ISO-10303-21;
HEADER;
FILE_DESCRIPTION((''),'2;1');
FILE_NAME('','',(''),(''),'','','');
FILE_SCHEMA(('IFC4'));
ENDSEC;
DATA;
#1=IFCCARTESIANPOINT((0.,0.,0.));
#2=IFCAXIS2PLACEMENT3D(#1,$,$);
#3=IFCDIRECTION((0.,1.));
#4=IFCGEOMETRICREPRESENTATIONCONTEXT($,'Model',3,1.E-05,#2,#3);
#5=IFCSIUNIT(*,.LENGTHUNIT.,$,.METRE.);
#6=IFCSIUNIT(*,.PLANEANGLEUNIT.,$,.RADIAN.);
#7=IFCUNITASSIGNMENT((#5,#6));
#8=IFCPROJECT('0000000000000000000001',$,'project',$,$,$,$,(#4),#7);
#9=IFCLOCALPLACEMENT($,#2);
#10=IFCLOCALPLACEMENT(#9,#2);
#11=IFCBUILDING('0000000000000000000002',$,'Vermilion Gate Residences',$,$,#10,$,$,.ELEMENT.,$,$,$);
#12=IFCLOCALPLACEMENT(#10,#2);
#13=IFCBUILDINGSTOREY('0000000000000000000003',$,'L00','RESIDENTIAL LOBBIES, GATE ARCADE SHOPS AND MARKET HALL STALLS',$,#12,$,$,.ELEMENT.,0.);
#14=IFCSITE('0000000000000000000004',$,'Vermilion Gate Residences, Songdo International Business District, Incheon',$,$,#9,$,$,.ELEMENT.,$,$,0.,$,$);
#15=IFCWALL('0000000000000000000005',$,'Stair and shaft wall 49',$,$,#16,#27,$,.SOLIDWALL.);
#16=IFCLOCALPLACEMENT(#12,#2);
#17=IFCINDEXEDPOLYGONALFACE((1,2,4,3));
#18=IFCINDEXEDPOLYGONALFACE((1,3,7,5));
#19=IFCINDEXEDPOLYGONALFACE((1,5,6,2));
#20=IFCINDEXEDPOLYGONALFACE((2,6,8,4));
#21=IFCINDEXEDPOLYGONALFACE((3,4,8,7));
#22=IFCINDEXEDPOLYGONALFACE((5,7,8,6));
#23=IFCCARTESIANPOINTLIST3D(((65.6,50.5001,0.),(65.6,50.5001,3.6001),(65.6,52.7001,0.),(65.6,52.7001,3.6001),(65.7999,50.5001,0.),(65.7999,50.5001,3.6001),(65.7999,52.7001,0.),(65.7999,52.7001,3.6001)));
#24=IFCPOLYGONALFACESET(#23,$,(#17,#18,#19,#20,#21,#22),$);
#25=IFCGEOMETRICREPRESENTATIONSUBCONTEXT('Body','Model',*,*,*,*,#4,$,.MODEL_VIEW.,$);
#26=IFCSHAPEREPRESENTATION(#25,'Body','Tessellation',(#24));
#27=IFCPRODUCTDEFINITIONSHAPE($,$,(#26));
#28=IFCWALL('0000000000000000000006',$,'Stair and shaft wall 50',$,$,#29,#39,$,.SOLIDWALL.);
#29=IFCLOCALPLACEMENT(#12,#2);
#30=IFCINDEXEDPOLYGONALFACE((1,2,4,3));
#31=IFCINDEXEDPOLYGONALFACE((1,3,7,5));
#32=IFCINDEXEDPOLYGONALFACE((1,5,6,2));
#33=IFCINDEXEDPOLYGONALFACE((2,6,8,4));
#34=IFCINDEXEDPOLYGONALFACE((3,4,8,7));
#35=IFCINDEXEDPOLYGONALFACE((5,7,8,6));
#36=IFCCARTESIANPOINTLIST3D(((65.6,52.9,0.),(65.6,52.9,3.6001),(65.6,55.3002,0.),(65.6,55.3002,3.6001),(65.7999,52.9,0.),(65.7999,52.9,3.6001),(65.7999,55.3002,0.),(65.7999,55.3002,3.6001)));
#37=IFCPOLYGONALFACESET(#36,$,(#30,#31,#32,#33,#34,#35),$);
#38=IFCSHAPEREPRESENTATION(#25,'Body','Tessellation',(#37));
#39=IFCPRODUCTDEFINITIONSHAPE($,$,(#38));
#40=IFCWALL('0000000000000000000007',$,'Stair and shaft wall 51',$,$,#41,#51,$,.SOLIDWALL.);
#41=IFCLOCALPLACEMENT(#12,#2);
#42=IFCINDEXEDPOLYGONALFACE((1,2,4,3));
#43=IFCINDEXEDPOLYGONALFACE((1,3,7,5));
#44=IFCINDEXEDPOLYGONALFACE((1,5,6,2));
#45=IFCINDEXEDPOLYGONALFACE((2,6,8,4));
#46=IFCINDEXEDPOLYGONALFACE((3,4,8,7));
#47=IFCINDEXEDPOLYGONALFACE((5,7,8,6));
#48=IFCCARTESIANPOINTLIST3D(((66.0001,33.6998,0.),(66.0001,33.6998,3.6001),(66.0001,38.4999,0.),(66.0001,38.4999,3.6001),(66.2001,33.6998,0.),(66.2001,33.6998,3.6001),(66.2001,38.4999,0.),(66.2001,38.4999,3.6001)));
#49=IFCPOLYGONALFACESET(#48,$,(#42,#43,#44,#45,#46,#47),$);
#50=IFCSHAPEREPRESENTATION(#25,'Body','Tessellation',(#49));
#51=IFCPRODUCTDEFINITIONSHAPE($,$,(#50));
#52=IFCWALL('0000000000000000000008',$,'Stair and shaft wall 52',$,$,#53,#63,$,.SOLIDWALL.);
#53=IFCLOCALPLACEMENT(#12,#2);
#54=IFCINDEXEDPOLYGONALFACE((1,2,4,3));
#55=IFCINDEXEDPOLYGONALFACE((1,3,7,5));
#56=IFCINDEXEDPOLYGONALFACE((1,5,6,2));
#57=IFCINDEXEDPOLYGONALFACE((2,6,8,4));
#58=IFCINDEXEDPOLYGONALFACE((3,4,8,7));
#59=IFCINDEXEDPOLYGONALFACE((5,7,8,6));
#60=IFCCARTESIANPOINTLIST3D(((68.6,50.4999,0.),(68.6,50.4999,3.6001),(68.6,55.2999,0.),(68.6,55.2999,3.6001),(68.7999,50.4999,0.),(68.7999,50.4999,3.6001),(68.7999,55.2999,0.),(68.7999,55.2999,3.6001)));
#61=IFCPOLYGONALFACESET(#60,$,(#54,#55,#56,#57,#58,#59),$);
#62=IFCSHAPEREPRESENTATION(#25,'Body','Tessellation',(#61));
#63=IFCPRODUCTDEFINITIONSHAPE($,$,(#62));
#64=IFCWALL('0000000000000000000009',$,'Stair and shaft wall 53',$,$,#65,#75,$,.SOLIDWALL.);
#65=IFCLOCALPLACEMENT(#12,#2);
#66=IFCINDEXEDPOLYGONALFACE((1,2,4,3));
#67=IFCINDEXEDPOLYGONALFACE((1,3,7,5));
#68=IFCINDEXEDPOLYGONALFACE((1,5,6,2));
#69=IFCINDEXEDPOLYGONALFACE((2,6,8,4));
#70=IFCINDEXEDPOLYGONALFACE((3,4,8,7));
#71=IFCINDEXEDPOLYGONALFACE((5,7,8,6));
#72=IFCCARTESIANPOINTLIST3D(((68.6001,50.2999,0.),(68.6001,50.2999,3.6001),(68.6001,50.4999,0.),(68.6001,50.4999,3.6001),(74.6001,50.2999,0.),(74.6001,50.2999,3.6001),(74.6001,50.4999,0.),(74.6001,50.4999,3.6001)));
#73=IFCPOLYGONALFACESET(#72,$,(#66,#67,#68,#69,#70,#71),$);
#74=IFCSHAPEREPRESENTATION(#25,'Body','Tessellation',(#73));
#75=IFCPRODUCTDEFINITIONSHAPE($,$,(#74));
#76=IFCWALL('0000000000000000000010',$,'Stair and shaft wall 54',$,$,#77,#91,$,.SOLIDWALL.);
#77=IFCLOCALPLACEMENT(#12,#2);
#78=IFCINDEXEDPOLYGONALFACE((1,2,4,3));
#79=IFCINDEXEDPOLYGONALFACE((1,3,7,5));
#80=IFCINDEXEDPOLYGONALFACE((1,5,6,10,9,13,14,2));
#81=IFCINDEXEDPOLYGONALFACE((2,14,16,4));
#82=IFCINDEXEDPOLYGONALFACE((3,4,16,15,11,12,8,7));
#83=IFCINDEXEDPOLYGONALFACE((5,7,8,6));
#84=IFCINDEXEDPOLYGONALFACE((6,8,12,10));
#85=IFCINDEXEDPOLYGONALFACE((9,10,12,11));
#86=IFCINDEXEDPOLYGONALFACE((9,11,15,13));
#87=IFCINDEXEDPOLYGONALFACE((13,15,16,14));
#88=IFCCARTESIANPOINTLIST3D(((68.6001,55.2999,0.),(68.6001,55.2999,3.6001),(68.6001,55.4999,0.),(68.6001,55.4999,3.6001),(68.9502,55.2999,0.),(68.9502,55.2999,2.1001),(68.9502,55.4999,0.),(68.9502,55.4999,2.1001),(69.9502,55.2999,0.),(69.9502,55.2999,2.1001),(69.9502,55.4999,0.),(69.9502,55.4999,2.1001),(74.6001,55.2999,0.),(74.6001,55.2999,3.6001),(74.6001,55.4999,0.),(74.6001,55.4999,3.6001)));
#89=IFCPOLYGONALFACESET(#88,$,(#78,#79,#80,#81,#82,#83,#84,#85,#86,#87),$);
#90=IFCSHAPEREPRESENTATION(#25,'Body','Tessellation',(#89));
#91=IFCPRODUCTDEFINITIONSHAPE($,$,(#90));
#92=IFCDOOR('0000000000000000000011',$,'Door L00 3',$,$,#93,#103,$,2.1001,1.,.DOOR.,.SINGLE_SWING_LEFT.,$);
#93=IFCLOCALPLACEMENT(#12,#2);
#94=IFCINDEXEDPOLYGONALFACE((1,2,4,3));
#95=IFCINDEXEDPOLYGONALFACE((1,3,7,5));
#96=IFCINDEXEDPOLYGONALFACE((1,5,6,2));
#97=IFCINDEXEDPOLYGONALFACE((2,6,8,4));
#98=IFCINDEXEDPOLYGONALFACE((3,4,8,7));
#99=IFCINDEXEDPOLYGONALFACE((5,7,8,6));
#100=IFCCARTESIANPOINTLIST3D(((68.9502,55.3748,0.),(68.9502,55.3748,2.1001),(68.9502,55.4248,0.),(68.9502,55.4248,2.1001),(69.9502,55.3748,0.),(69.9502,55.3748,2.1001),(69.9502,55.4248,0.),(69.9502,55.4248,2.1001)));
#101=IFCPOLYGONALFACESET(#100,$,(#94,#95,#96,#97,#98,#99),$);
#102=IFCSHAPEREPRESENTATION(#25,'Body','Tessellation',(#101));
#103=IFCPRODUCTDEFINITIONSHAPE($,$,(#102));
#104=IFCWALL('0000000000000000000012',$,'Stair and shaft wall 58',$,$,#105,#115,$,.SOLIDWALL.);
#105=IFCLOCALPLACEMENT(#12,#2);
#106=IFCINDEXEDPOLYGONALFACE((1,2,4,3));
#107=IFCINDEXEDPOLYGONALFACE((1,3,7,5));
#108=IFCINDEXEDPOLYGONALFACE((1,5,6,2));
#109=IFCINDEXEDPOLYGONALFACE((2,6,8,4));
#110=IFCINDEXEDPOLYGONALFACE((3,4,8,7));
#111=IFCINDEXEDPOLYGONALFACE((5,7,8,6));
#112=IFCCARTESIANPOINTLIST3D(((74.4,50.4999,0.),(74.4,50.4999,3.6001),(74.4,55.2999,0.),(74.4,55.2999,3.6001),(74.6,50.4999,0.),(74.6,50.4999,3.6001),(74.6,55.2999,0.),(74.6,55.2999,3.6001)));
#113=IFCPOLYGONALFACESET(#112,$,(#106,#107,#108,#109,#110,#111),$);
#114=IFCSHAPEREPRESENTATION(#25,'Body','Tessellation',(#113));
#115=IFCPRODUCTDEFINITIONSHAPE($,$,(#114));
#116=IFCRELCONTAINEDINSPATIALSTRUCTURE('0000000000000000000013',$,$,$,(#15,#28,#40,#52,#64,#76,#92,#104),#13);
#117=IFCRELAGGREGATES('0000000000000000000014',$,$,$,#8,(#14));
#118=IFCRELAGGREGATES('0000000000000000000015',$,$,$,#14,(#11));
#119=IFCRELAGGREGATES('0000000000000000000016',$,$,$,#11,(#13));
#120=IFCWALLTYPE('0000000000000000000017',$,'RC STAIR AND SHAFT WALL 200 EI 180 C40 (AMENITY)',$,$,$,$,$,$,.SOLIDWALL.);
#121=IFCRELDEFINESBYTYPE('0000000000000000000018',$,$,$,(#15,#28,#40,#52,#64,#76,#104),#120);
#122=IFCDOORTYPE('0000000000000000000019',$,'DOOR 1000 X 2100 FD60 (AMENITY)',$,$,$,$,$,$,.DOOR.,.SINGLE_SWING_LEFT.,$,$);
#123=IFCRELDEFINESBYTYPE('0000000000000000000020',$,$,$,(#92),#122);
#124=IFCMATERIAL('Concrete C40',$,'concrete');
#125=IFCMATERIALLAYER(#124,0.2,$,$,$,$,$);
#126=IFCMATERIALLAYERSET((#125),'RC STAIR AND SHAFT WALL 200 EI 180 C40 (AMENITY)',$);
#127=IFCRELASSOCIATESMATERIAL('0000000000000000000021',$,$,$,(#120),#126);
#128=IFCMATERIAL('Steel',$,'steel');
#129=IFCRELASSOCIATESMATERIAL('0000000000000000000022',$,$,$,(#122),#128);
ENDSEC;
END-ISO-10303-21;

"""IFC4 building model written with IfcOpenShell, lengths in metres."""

from ifc_helpers import new_model, si_unit, direction, frame, frame_2d, origin, place, context, subcontext, project, spatial, rectangle, extrude, material, layer, layer_set, type_object, element, fill, save


model = new_model("IFC4")

# Units and contexts
model_context = context("Model", 3, precision=1e-05, world=origin(), true_north=direction((0.0, 1.0)))
body_context = subcontext(model_context, "Body", "Model", "MODEL_VIEW")
ifc_project = project(units=[si_unit("LENGTHUNIT", "METRE"), si_unit("PLANEANGLEUNIT", "RADIAN")], contexts=[model_context])

# Site, building, storey
site_placement = place(None, origin())
site = spatial("IfcSite", under=ifc_project, at=site_placement, Name="Vermilion Gate Residences, Songdo International Business District, Incheon", CompositionType="ELEMENT", RefElevation=0.0)
building_placement = place(site_placement, origin())
building = spatial("IfcBuilding", under=site, at=building_placement, Name="Vermilion Gate Residences", CompositionType="ELEMENT")
storey_placement = place(building_placement, origin())
storey = spatial("IfcBuildingStorey", under=building, at=storey_placement, Name="L00", Description="RESIDENTIAL LOBBIES, GATE ARCADE SHOPS AND MARKET HALL STALLS", CompositionType="ELEMENT", Elevation=0.0)

# Walls
ifc_material_1 = material(Name="Concrete C40", Category="concrete")
ifc_layer = layer(ifc_material_1, 0.2)
ifc_layer_set = layer_set([ifc_layer], Name="RC STAIR AND SHAFT WALL 200 EI 180 C40 (AMENITY)")
wall_type = type_object("IfcWallType", Name="RC STAIR AND SHAFT WALL 200 EI 180 C40 (AMENITY)", PredefinedType="SOLIDWALL", material=ifc_layer_set)
wall_1_placement = place(storey_placement, frame((65.7, 50.5, 0.0), z_axis=(0.0, 0.0, 1.0), x_axis=(0.0, 1.0, 0.0)))
element("IfcWall", 1, at=wall_1_placement, inside=storey, type_object=wall_type, Name="Stair and shaft wall 49", PredefinedType="SOLIDWALL", context=body_context, shape_type="SweptSolid", body=[
    extrude(rectangle(XDim=2.2, YDim=0.2, at=frame_2d((1.1001, 0.0))), origin(), (0.0, 0.0, 1.0), 3.6001),
])
wall_2_placement = place(storey_placement, frame((65.7, 52.8999, 0.0), z_axis=(0.0, 0.0, 1.0), x_axis=(0.0, 1.0, 0.0)))
element("IfcWall", 2, at=wall_2_placement, inside=storey, type_object=wall_type, Name="Stair and shaft wall 50", PredefinedType="SOLIDWALL", context=body_context, shape_type="SweptSolid", body=[
    extrude(rectangle(XDim=2.4001, YDim=0.2, at=frame_2d((1.2002, 0.0))), origin(), (0.0, 0.0, 1.0), 3.6001),
])
for number, where, z_axis, x_axis, name in (
    (3, (66.1001, 33.7, 0.0), (0.0, 0.0, 1.0), (0.0, 1.0, 0.0), "Stair and shaft wall 51"),
    (4, (68.7, 50.5, 0.0), (0.0, 0.0, 1.0), (0.0, 1.0, 0.0), "Stair and shaft wall 52"),
):
    element("IfcWall", number, at=place(storey_placement, frame(where, z_axis=z_axis, x_axis=x_axis)), inside=storey, type_object=wall_type, Name=name, PredefinedType="SOLIDWALL", context=body_context, shape_type="SweptSolid", body=[
        extrude(rectangle(XDim=4.8, YDim=0.2, at=frame_2d((2.3999, 0.0))), origin(), (0.0, 0.0, 1.0), 3.6001),
    ])
wall_3_placement = place(storey_placement, frame((68.6001, 50.3999, 0.0), z_axis=(0.0, 0.0, 1.0), x_axis=(1.0, 0.0, 0.0)))
element("IfcWall", 5, at=wall_3_placement, inside=storey, type_object=wall_type, Name="Stair and shaft wall 53", PredefinedType="SOLIDWALL", context=body_context, shape_type="SweptSolid", body=[
    extrude(rectangle(XDim=6.0, YDim=0.2, at=frame_2d((3.0, 0.0))), origin(), (0.0, 0.0, 1.0), 3.6001),
])

# Wall, opening, door
wall_4_placement = place(storey_placement, frame((68.6001, 55.3999, 0.0), z_axis=(0.0, 0.0, 1.0), x_axis=(1.0, 0.0, 0.0)))
wall_4 = element("IfcWall", 6, at=wall_4_placement, inside=storey, type_object=wall_type, Name="Stair and shaft wall 54", PredefinedType="SOLIDWALL", context=body_context, shape_type="SweptSolid", body=[
    extrude(rectangle(XDim=6.0, YDim=0.2, at=frame_2d((3.0, 0.0))), origin(), (0.0, 0.0, 1.0), 3.6001),
])
opening_placement = place(wall_4_placement, frame((0.3501, 0.0, 0.0)))
opening = element("IfcOpeningElement", 7, at=opening_placement, cuts=wall_4, PredefinedType="OPENING", context=body_context, shape_type="SweptSolid", body=[
    extrude(rectangle(XDim=1.0, YDim=2.1001, at=frame_2d((0.5, 1.05))), frame((0.0, 0.1099, 0.0), z_axis=(0.0, -1.0, 0.0), x_axis=(1.0, 0.0, 0.0)), (0.0, 0.0, 1.0), 0.22),
])
ifc_material_2 = material(Name="Steel", Category="steel")
door_type = type_object("IfcDoorType", Name="DOOR 1000 X 2100 FD60 (AMENITY)", OperationType="SINGLE_SWING_LEFT", PredefinedType="DOOR", material=ifc_material_2)
door_placement = place(opening_placement, origin())
door = element("IfcDoor", 8, at=door_placement, inside=storey, type_object=door_type, Name="Door L00 3", OperationType="SINGLE_SWING_LEFT", OverallHeight=2.1001, OverallWidth=1.0, PredefinedType="DOOR", context=body_context, shape_type="SweptSolid", body=[
    extrude(rectangle(XDim=1.0, YDim=2.1001, at=frame_2d((0.5, 1.05))), frame((0.0, 0.0249, 0.0), z_axis=(0.0, -1.0, 0.0), x_axis=(1.0, 0.0, 0.0)), (0.0, 0.0, 1.0), 0.05),
])
fill(opening, door)

# Wall
wall_5_placement = place(storey_placement, frame((74.5, 50.5, 0.0), z_axis=(0.0, 0.0, 1.0), x_axis=(0.0, 1.0, 0.0)))
element("IfcWall", 9, at=wall_5_placement, inside=storey, type_object=wall_type, Name="Stair and shaft wall 58", PredefinedType="SOLIDWALL", context=body_context, shape_type="SweptSolid", body=[
    extrude(rectangle(XDim=4.8, YDim=0.2, at=frame_2d((2.3999, 0.0))), origin(), (0.0, 0.0, 1.0), 3.6001),
])

save(model, "model.ifc")
